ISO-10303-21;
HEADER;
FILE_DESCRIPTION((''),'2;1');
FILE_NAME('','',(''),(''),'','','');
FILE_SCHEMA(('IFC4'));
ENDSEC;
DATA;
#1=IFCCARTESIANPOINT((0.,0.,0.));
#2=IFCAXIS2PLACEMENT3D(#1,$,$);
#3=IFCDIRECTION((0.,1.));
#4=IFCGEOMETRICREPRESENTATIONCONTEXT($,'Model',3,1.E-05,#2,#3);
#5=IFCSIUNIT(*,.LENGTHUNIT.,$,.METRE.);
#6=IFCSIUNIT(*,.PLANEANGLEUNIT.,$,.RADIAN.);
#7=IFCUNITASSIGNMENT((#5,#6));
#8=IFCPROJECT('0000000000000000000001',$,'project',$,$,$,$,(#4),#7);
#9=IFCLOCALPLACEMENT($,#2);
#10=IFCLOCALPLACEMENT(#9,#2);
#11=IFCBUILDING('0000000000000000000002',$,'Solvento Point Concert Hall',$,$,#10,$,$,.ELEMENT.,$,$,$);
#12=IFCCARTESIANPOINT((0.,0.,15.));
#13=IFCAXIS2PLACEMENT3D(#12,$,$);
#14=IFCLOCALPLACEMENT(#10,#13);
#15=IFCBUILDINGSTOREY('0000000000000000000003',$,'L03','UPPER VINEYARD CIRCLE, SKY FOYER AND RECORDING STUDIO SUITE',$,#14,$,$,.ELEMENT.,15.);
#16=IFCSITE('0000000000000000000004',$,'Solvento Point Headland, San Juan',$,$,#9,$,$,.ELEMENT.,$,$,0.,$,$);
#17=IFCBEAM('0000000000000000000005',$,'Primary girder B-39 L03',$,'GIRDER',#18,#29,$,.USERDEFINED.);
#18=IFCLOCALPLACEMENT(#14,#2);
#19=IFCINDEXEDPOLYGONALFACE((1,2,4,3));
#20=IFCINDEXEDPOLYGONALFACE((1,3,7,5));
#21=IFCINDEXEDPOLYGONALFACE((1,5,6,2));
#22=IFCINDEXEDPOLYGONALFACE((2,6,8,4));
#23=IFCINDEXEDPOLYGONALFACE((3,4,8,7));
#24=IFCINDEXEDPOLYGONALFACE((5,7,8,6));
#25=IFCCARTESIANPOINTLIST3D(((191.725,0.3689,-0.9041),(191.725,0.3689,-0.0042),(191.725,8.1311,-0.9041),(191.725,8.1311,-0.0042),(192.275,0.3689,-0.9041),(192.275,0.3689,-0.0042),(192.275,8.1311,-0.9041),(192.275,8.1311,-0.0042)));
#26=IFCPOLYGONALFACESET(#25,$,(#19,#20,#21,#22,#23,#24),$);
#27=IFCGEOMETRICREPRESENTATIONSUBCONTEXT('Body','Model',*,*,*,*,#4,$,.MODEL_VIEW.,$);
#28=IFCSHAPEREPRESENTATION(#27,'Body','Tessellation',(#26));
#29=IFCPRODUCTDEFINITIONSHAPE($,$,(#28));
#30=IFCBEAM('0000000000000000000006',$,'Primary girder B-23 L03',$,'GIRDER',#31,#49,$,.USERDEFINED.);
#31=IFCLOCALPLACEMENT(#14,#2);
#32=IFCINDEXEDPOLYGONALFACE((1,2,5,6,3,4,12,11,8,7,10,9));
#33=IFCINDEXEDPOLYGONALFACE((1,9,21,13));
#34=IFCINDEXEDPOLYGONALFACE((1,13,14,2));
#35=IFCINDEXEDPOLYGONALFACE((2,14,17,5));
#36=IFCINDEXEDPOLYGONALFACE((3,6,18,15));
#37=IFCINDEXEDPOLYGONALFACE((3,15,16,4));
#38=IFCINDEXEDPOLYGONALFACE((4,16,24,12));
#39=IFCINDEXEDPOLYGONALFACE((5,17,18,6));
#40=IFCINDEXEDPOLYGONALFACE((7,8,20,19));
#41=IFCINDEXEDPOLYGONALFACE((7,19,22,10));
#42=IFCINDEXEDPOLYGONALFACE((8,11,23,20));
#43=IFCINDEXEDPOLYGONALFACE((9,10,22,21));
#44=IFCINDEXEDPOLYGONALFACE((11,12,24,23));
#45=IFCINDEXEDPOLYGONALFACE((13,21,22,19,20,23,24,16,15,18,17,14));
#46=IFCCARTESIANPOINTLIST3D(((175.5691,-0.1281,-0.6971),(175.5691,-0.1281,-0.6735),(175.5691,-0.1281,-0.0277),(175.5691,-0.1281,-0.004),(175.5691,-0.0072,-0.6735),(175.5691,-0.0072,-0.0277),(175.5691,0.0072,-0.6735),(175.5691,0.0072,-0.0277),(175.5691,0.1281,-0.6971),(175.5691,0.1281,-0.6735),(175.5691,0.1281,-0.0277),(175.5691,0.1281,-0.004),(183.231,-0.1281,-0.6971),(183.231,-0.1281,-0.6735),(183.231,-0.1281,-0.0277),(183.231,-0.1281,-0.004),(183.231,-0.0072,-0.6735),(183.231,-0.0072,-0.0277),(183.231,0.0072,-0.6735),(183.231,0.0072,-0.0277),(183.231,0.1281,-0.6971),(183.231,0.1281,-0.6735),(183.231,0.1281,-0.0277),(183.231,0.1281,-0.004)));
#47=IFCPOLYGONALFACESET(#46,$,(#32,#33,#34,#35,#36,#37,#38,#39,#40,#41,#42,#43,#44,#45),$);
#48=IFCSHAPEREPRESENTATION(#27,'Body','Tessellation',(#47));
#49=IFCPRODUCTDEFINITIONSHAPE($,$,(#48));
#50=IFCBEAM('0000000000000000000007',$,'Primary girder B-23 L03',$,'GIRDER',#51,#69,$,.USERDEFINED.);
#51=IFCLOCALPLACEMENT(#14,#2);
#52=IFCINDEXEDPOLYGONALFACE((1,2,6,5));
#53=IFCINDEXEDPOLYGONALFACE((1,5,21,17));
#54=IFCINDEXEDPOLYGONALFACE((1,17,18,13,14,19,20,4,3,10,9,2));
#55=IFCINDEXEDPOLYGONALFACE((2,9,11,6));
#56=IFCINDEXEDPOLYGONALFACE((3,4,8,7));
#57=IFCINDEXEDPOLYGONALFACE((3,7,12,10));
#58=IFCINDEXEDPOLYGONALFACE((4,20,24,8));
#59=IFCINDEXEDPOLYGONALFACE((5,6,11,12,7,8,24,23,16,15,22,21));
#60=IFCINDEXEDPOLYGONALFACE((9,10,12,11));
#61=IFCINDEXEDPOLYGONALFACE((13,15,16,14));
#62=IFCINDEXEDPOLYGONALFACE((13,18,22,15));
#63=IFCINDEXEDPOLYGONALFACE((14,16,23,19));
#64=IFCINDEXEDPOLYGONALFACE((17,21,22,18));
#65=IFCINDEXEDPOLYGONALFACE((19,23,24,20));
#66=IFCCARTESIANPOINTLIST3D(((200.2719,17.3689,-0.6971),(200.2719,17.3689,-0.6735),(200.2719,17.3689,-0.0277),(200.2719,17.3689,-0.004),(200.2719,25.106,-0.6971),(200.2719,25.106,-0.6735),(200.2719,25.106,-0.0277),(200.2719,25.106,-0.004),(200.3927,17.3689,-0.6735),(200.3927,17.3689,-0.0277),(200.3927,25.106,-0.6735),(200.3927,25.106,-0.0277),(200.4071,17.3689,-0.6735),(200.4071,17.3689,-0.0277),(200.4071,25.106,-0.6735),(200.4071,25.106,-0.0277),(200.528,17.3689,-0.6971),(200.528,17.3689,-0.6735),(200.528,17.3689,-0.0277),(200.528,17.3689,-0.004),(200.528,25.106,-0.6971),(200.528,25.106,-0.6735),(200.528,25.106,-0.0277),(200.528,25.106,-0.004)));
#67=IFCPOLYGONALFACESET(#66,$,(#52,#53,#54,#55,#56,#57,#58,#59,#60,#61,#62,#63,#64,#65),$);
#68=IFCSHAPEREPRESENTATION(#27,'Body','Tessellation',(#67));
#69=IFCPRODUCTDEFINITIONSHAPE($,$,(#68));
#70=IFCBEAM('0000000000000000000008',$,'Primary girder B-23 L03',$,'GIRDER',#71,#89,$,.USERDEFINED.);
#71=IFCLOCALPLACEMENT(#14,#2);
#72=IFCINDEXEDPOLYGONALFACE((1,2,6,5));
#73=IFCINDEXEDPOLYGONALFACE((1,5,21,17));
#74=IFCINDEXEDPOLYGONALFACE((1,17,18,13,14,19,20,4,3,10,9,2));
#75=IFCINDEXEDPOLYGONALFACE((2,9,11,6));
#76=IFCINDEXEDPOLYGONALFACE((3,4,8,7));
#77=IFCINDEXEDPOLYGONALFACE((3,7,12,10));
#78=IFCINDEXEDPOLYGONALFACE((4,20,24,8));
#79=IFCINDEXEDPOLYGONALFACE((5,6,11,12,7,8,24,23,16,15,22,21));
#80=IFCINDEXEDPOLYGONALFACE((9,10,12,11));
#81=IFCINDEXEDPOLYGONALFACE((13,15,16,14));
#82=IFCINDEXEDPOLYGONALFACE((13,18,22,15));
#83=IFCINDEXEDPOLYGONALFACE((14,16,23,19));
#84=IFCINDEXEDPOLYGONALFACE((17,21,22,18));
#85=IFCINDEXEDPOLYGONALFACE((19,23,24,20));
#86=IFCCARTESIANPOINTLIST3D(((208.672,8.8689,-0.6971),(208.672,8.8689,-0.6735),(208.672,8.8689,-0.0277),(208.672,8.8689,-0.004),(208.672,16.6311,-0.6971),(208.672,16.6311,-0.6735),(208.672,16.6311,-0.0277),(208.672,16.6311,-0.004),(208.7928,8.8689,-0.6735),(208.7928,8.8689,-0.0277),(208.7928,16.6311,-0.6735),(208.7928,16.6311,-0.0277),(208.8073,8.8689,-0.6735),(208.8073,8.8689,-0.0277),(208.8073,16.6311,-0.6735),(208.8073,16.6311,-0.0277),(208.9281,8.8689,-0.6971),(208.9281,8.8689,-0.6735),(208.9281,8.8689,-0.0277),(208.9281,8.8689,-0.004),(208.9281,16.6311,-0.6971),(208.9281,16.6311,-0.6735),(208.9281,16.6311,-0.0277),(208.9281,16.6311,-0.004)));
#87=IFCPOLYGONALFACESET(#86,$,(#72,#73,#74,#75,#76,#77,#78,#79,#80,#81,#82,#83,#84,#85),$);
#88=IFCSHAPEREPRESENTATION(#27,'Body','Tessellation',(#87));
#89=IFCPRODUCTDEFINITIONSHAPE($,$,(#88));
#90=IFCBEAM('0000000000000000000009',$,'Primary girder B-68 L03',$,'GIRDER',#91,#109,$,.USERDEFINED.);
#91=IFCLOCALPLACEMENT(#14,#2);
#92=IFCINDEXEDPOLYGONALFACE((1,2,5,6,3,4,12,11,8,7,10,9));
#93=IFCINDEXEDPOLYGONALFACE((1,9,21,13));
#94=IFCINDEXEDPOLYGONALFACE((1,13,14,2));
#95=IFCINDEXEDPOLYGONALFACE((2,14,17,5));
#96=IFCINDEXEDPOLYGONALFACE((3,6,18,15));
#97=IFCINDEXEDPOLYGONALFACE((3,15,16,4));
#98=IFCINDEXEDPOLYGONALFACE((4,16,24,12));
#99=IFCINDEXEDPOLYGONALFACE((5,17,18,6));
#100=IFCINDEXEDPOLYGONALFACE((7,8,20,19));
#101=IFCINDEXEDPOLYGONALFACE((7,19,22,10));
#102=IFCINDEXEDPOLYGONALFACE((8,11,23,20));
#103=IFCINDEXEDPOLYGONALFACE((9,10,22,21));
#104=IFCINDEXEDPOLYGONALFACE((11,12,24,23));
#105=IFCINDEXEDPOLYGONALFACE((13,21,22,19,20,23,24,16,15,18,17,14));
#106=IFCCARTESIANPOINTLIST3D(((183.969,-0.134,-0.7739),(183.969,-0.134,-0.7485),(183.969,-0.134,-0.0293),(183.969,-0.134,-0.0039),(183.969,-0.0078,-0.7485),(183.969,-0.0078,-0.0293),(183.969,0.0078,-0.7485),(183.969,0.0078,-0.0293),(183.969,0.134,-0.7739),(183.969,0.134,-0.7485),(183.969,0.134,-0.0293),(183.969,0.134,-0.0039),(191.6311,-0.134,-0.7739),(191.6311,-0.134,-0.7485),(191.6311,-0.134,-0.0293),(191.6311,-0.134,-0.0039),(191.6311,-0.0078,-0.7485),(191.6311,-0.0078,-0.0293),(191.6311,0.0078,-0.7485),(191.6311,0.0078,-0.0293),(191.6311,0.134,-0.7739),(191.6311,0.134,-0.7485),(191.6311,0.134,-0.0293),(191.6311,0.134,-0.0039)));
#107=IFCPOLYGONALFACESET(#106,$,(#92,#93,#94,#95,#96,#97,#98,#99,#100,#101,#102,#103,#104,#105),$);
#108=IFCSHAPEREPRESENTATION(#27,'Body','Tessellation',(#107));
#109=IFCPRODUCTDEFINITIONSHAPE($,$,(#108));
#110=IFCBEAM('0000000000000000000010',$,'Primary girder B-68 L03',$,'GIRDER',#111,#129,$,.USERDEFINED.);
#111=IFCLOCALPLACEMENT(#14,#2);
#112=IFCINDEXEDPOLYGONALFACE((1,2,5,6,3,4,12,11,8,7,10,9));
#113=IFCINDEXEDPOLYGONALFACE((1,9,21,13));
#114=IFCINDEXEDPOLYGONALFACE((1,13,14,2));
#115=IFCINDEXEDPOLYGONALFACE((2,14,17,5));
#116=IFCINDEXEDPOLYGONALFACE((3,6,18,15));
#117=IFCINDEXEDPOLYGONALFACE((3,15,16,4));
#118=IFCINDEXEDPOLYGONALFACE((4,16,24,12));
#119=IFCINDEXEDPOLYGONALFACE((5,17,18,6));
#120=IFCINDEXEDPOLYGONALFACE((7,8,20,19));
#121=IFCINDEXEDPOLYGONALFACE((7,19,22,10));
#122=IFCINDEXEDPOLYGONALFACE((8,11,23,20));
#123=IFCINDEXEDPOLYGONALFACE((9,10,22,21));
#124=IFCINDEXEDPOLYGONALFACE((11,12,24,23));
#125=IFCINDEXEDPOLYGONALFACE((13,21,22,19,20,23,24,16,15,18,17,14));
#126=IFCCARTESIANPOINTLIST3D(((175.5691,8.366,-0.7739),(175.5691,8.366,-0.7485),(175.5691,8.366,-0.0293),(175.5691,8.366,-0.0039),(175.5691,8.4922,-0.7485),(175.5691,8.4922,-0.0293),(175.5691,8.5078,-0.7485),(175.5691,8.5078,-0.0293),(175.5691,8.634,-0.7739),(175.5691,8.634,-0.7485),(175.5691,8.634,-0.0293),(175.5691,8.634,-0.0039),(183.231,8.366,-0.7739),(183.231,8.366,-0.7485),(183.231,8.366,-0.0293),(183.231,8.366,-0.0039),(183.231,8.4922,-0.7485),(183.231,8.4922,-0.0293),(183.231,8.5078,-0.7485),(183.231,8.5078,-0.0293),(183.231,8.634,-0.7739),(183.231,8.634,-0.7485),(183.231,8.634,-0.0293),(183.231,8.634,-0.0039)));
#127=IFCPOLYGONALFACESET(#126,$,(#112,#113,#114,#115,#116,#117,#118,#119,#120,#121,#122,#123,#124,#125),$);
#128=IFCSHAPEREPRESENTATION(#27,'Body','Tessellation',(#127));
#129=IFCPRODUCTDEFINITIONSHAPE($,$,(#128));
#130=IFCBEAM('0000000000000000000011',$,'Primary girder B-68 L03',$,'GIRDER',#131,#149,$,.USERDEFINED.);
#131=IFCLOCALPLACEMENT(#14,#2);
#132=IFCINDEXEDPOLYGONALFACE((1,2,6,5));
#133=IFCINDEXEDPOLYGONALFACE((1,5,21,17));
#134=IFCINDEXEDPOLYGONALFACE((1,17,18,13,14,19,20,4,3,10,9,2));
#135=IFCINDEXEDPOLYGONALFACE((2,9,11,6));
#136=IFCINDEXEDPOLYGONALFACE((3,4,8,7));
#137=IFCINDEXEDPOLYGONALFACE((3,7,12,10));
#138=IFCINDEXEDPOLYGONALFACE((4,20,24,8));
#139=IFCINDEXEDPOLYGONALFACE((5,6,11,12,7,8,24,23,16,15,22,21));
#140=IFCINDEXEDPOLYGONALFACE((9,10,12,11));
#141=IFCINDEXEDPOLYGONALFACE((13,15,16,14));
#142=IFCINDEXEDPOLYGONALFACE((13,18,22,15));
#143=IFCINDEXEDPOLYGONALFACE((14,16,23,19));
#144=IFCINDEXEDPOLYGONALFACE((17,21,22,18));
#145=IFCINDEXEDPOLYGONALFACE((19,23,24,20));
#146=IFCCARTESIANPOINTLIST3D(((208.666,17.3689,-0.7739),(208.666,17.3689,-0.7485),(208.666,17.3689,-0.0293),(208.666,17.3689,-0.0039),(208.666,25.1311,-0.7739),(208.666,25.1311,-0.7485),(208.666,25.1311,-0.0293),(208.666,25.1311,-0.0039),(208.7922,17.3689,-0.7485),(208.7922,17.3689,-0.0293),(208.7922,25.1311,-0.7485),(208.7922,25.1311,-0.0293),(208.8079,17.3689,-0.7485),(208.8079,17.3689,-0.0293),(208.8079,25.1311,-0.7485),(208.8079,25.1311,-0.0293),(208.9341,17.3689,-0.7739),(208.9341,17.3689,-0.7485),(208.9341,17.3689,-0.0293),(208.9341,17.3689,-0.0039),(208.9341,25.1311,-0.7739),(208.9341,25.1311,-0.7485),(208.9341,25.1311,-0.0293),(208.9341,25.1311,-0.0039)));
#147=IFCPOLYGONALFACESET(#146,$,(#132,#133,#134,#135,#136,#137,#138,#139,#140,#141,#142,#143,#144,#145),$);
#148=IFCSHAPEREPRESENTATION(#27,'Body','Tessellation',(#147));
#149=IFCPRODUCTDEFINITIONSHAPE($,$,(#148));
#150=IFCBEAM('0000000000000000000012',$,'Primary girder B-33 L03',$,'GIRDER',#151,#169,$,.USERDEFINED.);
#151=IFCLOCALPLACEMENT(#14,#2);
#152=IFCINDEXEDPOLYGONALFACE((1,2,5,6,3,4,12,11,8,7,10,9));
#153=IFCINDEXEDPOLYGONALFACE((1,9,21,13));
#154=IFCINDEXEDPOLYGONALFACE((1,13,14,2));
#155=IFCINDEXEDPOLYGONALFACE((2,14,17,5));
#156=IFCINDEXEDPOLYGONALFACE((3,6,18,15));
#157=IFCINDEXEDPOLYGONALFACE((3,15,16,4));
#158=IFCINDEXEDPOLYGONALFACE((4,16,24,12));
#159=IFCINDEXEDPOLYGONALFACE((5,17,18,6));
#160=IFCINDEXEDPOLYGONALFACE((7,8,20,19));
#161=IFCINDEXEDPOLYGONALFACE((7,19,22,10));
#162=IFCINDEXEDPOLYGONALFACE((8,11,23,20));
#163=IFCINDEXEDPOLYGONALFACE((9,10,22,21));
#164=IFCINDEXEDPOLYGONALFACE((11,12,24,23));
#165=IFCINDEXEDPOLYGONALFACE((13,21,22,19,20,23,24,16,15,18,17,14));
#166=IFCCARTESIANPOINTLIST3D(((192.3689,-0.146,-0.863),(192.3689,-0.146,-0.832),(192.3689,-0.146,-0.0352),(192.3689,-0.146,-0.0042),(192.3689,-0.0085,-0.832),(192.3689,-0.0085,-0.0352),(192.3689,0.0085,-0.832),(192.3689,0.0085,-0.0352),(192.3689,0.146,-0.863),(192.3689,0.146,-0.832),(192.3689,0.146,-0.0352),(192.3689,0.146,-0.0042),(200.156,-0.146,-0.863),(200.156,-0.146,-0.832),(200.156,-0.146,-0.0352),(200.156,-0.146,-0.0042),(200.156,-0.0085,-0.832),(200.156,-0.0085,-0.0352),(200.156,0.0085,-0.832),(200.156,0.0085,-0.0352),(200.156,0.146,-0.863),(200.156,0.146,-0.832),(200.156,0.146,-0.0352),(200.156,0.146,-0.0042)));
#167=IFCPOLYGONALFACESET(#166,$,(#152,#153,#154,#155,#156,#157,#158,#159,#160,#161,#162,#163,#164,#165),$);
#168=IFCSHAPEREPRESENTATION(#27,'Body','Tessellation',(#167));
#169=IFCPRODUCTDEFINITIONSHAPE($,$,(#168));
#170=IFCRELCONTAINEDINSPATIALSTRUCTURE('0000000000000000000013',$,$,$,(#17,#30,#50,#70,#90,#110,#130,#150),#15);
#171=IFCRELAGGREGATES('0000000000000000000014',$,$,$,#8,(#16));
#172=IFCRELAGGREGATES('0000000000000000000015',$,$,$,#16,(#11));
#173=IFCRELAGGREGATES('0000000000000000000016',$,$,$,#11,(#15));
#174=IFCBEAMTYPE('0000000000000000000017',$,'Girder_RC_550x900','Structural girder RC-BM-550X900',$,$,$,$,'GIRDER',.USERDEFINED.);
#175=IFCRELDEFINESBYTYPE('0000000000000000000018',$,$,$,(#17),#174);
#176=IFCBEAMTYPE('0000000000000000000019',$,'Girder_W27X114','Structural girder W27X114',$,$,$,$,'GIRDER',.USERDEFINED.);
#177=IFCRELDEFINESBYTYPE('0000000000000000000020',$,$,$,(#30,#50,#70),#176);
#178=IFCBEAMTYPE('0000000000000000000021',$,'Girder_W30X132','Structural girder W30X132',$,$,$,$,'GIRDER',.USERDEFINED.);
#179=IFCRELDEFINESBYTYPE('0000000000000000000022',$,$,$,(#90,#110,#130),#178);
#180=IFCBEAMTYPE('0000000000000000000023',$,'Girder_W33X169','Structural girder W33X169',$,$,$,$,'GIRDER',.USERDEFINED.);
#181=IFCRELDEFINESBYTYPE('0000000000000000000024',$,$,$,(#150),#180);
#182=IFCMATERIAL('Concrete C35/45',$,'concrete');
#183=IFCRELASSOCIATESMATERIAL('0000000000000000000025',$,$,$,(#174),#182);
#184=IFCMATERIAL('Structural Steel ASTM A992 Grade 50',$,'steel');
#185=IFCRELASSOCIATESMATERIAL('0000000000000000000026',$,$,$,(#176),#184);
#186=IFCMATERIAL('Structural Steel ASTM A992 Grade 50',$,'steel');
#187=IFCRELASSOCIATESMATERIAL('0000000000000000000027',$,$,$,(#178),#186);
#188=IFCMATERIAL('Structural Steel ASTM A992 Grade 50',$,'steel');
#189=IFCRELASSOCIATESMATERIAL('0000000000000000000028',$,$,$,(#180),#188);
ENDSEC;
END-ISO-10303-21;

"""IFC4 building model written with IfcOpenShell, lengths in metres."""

from ifc_helpers import new_model, si_unit, direction, frame, origin, origin_2d, place, context, subcontext, project, spatial, rectangle, i_section, extrude, material, material_profile, profile_set, type_object, element, save


model = new_model("IFC4")

# Units and contexts
model_context = context("Model", 3, precision=1e-05, world=origin(), true_north=direction((0.0, 1.0)))
body_context = subcontext(model_context, "Body", "Model", "MODEL_VIEW")
ifc_project = project(units=[si_unit("LENGTHUNIT", "METRE"), si_unit("PLANEANGLEUNIT", "RADIAN")], contexts=[model_context])

# Site, building, storey
site_placement = place(None, origin())
site = spatial("IfcSite", under=ifc_project, at=site_placement, Name="Solvento Point Headland, San Juan", CompositionType="ELEMENT", RefElevation=0.0)
building_placement = place(site_placement, origin())
building = spatial("IfcBuilding", under=site, at=building_placement, Name="Solvento Point Concert Hall", CompositionType="ELEMENT")
storey_placement = place(building_placement, frame((0.0, 0.0, 15.0)))
storey = spatial("IfcBuildingStorey", under=building, at=storey_placement, Name="L03", Description="UPPER VINEYARD CIRCLE, SKY FOYER AND RECORDING STUDIO SUITE", CompositionType="ELEMENT", Elevation=15.0)

# Beams
ifc_material_1 = material(Name="Concrete C35/45", Category="concrete")
ifc_material_profile_1 = material_profile(ifc_material_1, rectangle(XDim=0.55, YDim=0.8999, at=origin_2d()), Name="RC-BM-550X900")
ifc_profile_set_1 = profile_set([ifc_material_profile_1], Name="Concrete C35/45")
beam_type_1 = type_object("IfcBeamType", Name="Girder_RC_550x900", Description="Structural girder RC-BM-550X900", ElementType="GIRDER", PredefinedType="USERDEFINED", material=ifc_profile_set_1)
beam_1_placement = place(storey_placement, frame((192.0, 0.3689, -0.4541), z_axis=(0.0, 1.0, 0.0), x_axis=(-1.0, 0.0, 0.0)))
element("IfcBeam", 1, at=beam_1_placement, inside=storey, type_object=beam_type_1, Name="Primary girder B-39 L03", ObjectType="GIRDER", PredefinedType="USERDEFINED", context=body_context, shape_type="SweptSolid", body=[
    extrude(rectangle(XDim=0.55, YDim=0.8999, at=origin_2d()), origin(), (0.0, 0.0, 1.0), 7.7622),
])
ifc_material_2 = material(Name="Structural Steel ASTM A992 Grade 50", Category="steel")
ifc_material_profile_2 = material_profile(ifc_material_2, i_section(OverallWidth=0.2561, OverallDepth=0.6931, WebThickness=0.0144, FlangeThickness=0.0237, at=origin_2d()), Name="W27X114")
ifc_profile_set_2 = profile_set([ifc_material_profile_2], Name="Structural Steel ASTM A992 Grade 50")
beam_type_2 = type_object("IfcBeamType", Name="Girder_W27X114", Description="Structural girder W27X114", ElementType="GIRDER", PredefinedType="USERDEFINED", material=ifc_profile_set_2)
beam_2_placement = place(storey_placement, frame((175.5691, 0.0, -0.3506), z_axis=(1.0, 0.0, 0.0), x_axis=(0.0, 1.0, 0.0)))
element("IfcBeam", 2, at=beam_2_placement, inside=storey, type_object=beam_type_2, Name="Primary girder B-23 L03", ObjectType="GIRDER", PredefinedType="USERDEFINED", context=body_context, shape_type="SweptSolid", body=[
    extrude(i_section(OverallWidth=0.2561, OverallDepth=0.6931, WebThickness=0.0144, FlangeThickness=0.0237, at=origin_2d()), origin(), (0.0, 0.0, 1.0), 7.6619),
])
beam_3_placement = place(storey_placement, frame((200.3999, 17.3689, -0.3506), z_axis=(0.0, 1.0, 0.0), x_axis=(-1.0, 0.0, 0.0)))
element("IfcBeam", 3, at=beam_3_placement, inside=storey, type_object=beam_type_2, Name="Primary girder B-23 L03", ObjectType="GIRDER", PredefinedType="USERDEFINED", context=body_context, shape_type="SweptSolid", body=[
    extrude(i_section(OverallWidth=0.2561, OverallDepth=0.6931, WebThickness=0.0144, FlangeThickness=0.0237, at=origin_2d()), origin(), (0.0, 0.0, 1.0), 7.7371),
])
beam_4_placement = place(storey_placement, frame((208.8, 8.8689, -0.3506), z_axis=(0.0, 1.0, 0.0), x_axis=(-1.0, 0.0, 0.0)))
element("IfcBeam", 4, at=beam_4_placement, inside=storey, type_object=beam_type_2, Name="Primary girder B-23 L03", ObjectType="GIRDER", PredefinedType="USERDEFINED", context=body_context, shape_type="SweptSolid", body=[
    extrude(i_section(OverallWidth=0.2561, OverallDepth=0.6931, WebThickness=0.0144, FlangeThickness=0.0237, at=origin_2d()), origin(), (0.0, 0.0, 1.0), 7.7622),
])
ifc_material_3 = material(Name="Structural Steel ASTM A992 Grade 50", Category="steel")
ifc_material_profile_3 = material_profile(ifc_material_3, i_section(OverallWidth=0.2681, OverallDepth=0.77, WebThickness=0.0156, FlangeThickness=0.0254, at=origin_2d()), Name="W30X132")
ifc_profile_set_3 = profile_set([ifc_material_profile_3], Name="Structural Steel ASTM A992 Grade 50")
beam_type_3 = type_object("IfcBeamType", Name="Girder_W30X132", Description="Structural girder W30X132", ElementType="GIRDER", PredefinedType="USERDEFINED", material=ifc_profile_set_3)
beam_5_placement = place(storey_placement, frame((183.969, 0.0, -0.3889), z_axis=(1.0, 0.0, 0.0), x_axis=(0.0, 1.0, 0.0)))
element("IfcBeam", 5, at=beam_5_placement, inside=storey, type_object=beam_type_3, Name="Primary girder B-68 L03", ObjectType="GIRDER", PredefinedType="USERDEFINED", context=body_context, shape_type="SweptSolid", body=[
    extrude(i_section(OverallWidth=0.2681, OverallDepth=0.77, WebThickness=0.0156, FlangeThickness=0.0254, at=origin_2d()), origin(), (0.0, 0.0, 1.0), 7.6621),
])
beam_6_placement = place(storey_placement, frame((175.5691, 8.5, -0.3889), z_axis=(1.0, 0.0, 0.0), x_axis=(0.0, 1.0, 0.0)))
element("IfcBeam", 6, at=beam_6_placement, inside=storey, type_object=beam_type_3, Name="Primary girder B-68 L03", ObjectType="GIRDER", PredefinedType="USERDEFINED", context=body_context, shape_type="SweptSolid", body=[
    extrude(i_section(OverallWidth=0.2681, OverallDepth=0.77, WebThickness=0.0156, FlangeThickness=0.0254, at=origin_2d()), origin(), (0.0, 0.0, 1.0), 7.6619),
])
beam_7_placement = place(storey_placement, frame((208.8, 17.3689, -0.3889), z_axis=(0.0, 1.0, 0.0), x_axis=(-1.0, 0.0, 0.0)))
element("IfcBeam", 7, at=beam_7_placement, inside=storey, type_object=beam_type_3, Name="Primary girder B-68 L03", ObjectType="GIRDER", PredefinedType="USERDEFINED", context=body_context, shape_type="SweptSolid", body=[
    extrude(i_section(OverallWidth=0.2681, OverallDepth=0.77, WebThickness=0.0156, FlangeThickness=0.0254, at=origin_2d()), origin(), (0.0, 0.0, 1.0), 7.7622),
])
ifc_material_4 = material(Name="Structural Steel ASTM A992 Grade 50", Category="steel")
ifc_material_profile_4 = material_profile(ifc_material_4, i_section(OverallWidth=0.292, OverallDepth=0.8589, WebThickness=0.0171, FlangeThickness=0.031, at=origin_2d()), Name="W33X169")
ifc_profile_set_4 = profile_set([ifc_material_profile_4], Name="Structural Steel ASTM A992 Grade 50")
beam_type_4 = type_object("IfcBeamType", Name="Girder_W33X169", Description="Structural girder W33X169", ElementType="GIRDER", PredefinedType="USERDEFINED", material=ifc_profile_set_4)
beam_8_placement = place(storey_placement, frame((192.3689, 0.0, -0.4336), z_axis=(1.0, 0.0, 0.0), x_axis=(0.0, 1.0, 0.0)))
element("IfcBeam", 8, at=beam_8_placement, inside=storey, type_object=beam_type_4, Name="Primary girder B-33 L03", ObjectType="GIRDER", PredefinedType="USERDEFINED", context=body_context, shape_type="SweptSolid", body=[
    extrude(i_section(OverallWidth=0.292, OverallDepth=0.8589, WebThickness=0.0171, FlangeThickness=0.031, at=origin_2d()), origin(), (0.0, 0.0, 1.0), 7.7871),
])

save(model, "model.ifc")
